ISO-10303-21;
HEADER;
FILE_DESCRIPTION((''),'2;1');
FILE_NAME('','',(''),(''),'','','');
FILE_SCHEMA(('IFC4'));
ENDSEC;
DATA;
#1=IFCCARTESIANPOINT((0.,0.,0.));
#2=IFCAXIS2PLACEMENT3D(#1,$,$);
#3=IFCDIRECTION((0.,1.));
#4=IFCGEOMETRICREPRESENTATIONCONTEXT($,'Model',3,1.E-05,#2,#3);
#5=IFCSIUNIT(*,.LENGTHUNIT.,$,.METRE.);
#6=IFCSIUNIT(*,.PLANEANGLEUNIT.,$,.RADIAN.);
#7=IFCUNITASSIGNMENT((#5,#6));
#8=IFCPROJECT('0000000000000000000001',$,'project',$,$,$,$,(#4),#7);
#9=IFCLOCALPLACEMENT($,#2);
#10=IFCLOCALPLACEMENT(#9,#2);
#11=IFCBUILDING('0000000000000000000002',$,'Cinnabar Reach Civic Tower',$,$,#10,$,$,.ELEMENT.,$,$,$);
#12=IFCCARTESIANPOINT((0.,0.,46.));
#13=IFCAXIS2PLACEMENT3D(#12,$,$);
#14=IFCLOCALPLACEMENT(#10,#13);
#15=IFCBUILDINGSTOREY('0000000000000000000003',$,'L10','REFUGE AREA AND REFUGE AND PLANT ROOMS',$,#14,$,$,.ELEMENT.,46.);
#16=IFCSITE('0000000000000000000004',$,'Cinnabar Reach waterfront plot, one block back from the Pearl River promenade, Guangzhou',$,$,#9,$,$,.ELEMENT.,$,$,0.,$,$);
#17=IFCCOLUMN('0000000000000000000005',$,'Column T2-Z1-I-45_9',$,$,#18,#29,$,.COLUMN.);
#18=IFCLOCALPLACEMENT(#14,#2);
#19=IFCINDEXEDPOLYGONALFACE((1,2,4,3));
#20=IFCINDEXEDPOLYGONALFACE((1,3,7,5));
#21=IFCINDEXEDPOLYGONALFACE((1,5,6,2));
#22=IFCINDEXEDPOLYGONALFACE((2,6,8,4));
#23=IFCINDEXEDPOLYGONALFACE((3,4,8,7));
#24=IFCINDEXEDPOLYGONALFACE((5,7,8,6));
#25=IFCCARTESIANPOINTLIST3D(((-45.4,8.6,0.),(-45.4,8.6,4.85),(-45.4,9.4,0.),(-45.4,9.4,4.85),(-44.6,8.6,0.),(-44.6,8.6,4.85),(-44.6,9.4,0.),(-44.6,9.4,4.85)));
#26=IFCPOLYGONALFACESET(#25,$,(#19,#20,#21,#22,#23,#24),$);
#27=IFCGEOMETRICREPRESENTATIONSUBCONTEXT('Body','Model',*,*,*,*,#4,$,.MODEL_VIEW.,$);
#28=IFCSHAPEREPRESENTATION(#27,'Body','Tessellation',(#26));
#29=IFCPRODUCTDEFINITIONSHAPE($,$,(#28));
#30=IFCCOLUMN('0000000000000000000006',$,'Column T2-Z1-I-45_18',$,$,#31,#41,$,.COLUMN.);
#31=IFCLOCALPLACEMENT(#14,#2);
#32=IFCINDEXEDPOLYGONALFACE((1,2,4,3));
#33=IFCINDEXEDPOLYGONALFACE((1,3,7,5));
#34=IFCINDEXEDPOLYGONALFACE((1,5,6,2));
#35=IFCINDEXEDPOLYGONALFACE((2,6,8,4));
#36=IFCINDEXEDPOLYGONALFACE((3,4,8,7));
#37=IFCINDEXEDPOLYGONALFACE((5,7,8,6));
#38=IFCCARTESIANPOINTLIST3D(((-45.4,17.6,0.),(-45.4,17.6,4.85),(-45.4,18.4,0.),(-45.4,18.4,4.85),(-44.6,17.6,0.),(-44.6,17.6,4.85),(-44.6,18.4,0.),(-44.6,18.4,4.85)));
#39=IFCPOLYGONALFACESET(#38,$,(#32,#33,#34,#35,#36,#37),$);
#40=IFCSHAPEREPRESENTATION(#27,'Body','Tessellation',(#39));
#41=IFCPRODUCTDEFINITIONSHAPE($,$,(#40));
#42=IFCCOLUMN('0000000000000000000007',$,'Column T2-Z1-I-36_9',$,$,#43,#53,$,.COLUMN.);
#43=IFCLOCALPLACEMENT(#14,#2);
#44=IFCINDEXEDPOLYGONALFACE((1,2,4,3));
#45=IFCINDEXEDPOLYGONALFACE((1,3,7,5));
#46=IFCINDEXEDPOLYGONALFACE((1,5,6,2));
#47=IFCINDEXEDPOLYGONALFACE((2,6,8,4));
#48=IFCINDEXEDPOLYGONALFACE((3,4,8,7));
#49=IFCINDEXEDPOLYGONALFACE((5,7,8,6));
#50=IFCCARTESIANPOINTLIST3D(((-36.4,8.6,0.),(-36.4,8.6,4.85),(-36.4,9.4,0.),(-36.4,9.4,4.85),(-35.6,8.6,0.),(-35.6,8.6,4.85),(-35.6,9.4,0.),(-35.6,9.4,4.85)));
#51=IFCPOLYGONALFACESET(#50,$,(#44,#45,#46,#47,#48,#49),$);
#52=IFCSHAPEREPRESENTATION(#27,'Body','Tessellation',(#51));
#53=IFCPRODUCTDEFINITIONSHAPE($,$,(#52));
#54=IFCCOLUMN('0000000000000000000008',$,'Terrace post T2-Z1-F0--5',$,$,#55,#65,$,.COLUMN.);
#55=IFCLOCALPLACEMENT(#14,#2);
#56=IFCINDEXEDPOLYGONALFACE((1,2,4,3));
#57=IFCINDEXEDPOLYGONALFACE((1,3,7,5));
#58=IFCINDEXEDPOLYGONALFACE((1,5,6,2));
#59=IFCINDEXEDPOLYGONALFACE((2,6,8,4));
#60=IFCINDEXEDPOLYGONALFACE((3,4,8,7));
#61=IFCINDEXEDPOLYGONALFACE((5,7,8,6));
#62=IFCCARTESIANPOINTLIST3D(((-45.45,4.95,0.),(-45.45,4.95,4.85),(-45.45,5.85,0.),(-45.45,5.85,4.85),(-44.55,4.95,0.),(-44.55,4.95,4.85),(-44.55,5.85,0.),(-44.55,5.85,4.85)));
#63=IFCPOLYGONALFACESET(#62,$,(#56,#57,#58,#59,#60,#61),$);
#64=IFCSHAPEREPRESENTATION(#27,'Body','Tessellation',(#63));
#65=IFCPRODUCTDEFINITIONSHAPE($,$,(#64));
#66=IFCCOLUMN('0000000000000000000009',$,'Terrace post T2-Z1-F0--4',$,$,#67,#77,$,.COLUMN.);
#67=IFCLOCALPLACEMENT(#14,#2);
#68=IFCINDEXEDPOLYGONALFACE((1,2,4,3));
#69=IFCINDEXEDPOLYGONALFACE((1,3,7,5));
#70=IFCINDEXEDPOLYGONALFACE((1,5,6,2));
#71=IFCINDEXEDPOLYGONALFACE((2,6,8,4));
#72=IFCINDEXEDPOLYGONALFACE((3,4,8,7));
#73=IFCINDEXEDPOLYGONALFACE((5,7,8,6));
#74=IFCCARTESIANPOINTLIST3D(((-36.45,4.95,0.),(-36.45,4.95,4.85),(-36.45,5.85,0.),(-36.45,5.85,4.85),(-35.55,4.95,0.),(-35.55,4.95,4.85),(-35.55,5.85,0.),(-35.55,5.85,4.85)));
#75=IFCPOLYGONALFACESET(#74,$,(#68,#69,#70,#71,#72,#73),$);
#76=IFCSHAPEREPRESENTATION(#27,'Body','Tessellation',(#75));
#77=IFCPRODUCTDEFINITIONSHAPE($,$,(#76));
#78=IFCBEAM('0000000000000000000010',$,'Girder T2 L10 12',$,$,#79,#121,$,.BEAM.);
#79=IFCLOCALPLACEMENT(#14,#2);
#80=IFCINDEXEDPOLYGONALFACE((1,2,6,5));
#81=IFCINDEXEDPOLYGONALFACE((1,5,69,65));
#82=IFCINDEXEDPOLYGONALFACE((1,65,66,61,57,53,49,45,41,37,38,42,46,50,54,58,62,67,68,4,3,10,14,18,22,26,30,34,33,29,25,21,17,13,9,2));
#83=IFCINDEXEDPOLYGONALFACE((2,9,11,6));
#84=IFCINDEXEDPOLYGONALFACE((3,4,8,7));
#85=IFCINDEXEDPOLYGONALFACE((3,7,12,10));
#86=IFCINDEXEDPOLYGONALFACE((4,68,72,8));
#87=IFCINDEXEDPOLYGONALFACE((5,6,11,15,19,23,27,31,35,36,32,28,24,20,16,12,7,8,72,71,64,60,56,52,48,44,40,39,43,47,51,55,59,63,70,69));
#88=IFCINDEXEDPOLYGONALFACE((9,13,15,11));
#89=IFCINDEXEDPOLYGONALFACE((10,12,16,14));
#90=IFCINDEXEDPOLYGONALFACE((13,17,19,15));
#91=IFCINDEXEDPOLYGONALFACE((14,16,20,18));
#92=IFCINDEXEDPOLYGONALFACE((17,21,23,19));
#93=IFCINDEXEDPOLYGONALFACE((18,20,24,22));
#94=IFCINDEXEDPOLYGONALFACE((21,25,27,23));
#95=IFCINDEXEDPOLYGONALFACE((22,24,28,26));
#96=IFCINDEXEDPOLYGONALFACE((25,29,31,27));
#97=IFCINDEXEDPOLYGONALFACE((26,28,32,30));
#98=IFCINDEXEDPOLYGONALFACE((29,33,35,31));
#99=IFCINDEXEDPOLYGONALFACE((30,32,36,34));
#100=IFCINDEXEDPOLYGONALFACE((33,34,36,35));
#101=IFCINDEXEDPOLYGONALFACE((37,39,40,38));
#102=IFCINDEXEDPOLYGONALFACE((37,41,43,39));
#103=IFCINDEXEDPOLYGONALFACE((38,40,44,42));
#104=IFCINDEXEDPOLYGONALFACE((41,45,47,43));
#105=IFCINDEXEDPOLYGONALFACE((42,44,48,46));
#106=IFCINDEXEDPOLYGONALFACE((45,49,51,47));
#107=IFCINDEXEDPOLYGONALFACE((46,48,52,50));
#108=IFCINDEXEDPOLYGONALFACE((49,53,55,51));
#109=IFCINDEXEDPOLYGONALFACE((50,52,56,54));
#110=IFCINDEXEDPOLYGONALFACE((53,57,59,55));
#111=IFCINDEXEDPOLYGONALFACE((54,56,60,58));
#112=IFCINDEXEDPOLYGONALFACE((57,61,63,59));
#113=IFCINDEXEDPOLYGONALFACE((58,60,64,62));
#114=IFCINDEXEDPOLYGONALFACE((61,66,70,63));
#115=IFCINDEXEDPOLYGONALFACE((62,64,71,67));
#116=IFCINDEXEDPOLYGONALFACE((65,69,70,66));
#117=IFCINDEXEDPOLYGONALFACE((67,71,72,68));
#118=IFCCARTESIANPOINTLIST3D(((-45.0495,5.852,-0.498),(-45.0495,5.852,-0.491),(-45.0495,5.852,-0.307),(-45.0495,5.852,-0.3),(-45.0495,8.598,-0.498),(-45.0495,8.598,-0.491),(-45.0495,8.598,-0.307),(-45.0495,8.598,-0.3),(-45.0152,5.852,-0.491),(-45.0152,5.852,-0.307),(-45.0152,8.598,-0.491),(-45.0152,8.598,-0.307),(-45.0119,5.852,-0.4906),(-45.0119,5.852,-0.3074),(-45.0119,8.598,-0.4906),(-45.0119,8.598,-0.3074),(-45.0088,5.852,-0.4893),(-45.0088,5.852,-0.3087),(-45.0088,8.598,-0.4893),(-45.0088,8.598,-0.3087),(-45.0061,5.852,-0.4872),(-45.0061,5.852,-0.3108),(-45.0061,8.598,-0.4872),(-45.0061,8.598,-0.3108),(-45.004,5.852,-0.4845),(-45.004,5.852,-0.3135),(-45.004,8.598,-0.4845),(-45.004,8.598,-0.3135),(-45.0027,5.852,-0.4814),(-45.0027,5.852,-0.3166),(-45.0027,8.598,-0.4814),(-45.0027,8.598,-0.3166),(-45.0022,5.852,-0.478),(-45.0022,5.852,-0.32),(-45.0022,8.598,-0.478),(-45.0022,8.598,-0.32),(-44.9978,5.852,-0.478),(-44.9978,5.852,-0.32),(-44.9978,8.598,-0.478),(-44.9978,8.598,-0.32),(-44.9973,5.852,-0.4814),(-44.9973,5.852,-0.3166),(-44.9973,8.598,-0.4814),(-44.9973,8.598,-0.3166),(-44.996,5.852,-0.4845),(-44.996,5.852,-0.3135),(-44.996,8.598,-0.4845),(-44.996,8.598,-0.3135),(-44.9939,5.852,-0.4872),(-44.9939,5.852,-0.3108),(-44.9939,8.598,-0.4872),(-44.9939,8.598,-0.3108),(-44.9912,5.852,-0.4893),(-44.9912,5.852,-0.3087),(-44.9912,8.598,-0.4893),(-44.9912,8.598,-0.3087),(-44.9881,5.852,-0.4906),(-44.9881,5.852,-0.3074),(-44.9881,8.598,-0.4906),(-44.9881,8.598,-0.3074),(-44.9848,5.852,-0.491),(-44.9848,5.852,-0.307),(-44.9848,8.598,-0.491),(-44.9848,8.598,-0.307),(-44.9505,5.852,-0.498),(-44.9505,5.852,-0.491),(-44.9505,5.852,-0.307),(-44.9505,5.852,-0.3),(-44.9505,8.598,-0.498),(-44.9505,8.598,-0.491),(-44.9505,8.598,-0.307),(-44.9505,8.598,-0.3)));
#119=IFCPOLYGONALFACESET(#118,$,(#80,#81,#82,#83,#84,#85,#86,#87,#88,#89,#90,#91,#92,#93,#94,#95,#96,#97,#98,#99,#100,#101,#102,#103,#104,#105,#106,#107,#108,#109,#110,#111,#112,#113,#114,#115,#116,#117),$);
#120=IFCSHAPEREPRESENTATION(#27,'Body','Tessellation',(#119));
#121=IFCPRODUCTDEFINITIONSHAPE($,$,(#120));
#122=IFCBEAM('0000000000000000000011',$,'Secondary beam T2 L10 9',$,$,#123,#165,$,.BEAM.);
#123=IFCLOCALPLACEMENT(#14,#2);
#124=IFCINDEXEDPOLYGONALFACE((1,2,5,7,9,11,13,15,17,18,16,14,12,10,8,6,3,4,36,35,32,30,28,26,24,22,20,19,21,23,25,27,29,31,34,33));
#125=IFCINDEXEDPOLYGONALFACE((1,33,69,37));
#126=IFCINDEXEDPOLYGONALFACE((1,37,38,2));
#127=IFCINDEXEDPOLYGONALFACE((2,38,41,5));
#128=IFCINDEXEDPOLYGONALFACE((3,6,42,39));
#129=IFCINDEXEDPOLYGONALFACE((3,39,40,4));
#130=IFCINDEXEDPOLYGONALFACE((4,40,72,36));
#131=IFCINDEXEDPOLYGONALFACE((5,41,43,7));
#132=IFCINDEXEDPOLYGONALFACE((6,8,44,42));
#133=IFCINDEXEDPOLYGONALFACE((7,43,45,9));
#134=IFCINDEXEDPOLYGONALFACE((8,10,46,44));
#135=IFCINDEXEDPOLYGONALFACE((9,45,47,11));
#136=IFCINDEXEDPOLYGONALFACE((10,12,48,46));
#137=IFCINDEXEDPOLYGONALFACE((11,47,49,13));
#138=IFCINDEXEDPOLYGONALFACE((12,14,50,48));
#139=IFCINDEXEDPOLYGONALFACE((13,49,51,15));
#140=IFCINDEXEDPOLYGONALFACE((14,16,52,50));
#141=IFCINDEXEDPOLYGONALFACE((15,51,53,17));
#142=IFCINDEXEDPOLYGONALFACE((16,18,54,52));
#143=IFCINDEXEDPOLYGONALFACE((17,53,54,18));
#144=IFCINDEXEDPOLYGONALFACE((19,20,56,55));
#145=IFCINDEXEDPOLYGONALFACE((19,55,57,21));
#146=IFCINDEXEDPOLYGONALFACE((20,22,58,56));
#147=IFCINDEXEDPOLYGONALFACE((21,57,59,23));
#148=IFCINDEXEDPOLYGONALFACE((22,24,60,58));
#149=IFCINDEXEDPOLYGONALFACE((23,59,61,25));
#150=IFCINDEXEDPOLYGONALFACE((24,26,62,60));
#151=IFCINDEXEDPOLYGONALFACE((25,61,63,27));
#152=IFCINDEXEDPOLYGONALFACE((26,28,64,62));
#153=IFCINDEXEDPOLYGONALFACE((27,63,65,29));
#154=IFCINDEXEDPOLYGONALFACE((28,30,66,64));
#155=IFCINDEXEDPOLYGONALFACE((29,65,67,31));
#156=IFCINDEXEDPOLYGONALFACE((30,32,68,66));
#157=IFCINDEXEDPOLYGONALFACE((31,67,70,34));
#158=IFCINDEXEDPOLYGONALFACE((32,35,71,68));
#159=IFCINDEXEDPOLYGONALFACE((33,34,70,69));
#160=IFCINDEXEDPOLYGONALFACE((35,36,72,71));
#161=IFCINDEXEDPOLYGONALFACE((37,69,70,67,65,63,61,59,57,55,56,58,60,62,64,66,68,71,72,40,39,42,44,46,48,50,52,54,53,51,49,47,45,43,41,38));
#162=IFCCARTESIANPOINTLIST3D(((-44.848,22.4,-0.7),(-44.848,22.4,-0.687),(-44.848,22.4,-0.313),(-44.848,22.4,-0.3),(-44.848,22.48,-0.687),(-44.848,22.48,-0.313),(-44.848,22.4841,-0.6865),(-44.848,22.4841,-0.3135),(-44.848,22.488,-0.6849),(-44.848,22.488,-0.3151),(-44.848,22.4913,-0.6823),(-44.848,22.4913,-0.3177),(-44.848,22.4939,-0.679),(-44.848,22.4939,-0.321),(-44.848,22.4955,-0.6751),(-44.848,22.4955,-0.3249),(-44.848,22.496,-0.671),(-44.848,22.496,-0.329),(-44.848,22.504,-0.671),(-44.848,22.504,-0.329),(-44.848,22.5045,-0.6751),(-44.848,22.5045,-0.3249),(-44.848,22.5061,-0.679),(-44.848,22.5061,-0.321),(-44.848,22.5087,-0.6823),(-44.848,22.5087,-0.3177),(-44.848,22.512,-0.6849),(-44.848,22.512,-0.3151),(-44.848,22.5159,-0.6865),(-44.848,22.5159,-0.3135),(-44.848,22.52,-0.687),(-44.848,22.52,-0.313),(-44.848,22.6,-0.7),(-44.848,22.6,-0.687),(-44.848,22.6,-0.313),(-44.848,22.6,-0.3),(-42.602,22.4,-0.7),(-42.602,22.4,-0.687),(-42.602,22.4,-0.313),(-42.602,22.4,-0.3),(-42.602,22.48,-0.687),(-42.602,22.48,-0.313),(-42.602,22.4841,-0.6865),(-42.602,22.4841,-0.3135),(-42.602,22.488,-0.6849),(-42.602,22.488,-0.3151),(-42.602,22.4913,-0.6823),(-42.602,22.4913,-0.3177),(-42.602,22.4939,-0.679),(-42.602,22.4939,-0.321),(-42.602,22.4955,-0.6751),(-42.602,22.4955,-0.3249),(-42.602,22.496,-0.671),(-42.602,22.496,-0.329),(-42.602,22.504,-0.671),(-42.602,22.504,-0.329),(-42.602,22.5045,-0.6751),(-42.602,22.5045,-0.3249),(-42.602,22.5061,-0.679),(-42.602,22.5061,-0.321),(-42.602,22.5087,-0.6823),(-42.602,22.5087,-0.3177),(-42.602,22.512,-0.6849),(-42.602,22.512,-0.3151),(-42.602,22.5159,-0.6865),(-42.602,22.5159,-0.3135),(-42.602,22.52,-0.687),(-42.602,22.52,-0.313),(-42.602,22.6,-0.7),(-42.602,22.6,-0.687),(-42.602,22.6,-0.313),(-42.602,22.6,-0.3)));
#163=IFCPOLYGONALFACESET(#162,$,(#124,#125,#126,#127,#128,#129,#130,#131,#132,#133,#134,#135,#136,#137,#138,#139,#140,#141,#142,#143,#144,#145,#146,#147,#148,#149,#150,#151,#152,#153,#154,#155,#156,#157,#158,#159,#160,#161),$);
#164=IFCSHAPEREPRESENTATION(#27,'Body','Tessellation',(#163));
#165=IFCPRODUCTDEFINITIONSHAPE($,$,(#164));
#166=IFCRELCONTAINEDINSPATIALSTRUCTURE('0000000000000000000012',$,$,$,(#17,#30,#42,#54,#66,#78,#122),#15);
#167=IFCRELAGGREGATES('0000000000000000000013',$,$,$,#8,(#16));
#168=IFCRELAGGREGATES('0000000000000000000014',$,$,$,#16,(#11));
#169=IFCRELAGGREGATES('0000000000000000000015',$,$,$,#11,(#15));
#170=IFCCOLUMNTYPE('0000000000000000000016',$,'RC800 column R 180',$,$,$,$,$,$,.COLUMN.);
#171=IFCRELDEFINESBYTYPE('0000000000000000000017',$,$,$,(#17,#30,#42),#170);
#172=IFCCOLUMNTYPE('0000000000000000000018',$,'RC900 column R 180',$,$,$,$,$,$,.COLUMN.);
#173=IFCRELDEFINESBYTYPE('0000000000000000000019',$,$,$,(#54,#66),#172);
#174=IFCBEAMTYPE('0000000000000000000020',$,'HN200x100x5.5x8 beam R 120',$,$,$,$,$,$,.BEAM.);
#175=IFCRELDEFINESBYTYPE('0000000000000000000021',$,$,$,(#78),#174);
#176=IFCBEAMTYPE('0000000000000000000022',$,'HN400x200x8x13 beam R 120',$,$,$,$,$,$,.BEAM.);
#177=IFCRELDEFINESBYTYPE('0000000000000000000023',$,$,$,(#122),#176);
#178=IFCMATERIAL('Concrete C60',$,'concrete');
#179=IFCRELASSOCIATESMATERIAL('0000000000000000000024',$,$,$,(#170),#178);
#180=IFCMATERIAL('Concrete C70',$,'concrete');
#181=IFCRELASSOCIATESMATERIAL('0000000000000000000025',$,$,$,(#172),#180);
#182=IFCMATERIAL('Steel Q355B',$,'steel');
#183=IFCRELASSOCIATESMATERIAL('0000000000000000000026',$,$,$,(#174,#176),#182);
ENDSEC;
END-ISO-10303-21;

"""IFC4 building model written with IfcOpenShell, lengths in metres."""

from ifc_helpers import new_model, si_unit, direction, frame, origin, origin_2d, place, context, subcontext, project, spatial, rectangle, i_section, extrude, material, material_profile, profile_set, type_object, element, save


model = new_model("IFC4")

# Units and contexts
model_context = context("Model", 3, precision=1e-05, world=origin(), true_north=direction((0.0, 1.0)))
body_context = subcontext(model_context, "Body", "Model", "MODEL_VIEW")
ifc_project = project(units=[si_unit("LENGTHUNIT", "METRE"), si_unit("PLANEANGLEUNIT", "RADIAN")], contexts=[model_context])

# Site, building, storey
site_placement = place(None, origin())
site = spatial("IfcSite", under=ifc_project, at=site_placement, Name="Cinnabar Reach waterfront plot, one block back from the Pearl River promenade, Guangzhou", CompositionType="ELEMENT", RefElevation=0.0)
building_placement = place(site_placement, origin())
building = spatial("IfcBuilding", under=site, at=building_placement, Name="Cinnabar Reach Civic Tower", CompositionType="ELEMENT")
storey_placement = place(building_placement, frame((0.0, 0.0, 46.0)))
storey = spatial("IfcBuildingStorey", under=building, at=storey_placement, Name="L10", Description="REFUGE AREA AND REFUGE AND PLANT ROOMS", CompositionType="ELEMENT", Elevation=46.0)

# Columns
ifc_material_1 = material(Name="Concrete C60", Category="concrete")
ifc_material_profile_1 = material_profile(ifc_material_1, rectangle(XDim=0.8, YDim=0.8, at=origin_2d()), Name="RC800")
ifc_profile_set_1 = profile_set([ifc_material_profile_1], Name="Concrete C60")
column_type_1 = type_object("IfcColumnType", Name="RC800 column R 180", PredefinedType="COLUMN", material=ifc_profile_set_1)
for number, where, z_axis, x_axis, name in (
    (1, (-45.0, 9.0, 0.0), (0.0, 0.0, 1.0), (1.0, 0.0, 0.0), "Column T2-Z1-I-45_9"),
    (2, (-45.0, 18.0, 0.0), (0.0, 0.0, 1.0), (1.0, 0.0, 0.0), "Column T2-Z1-I-45_18"),
    (3, (-36.0, 9.0, 0.0), (0.0, 0.0, 1.0), (1.0, 0.0, 0.0), "Column T2-Z1-I-36_9"),
):
    element("IfcColumn", number, at=place(storey_placement, frame(where, z_axis=z_axis, x_axis=x_axis)), inside=storey, type_object=column_type_1, Name=name, PredefinedType="COLUMN", context=body_context, shape_type="SweptSolid", body=[
        extrude(rectangle(XDim=0.8, YDim=0.8, at=origin_2d()), origin(), (0.0, 0.0, 1.0), 4.85),
    ])
ifc_material_2 = material(Name="Concrete C70", Category="concrete")
ifc_material_profile_2 = material_profile(ifc_material_2, rectangle(XDim=0.9, YDim=0.9, at=origin_2d()), Name="RC900")
ifc_profile_set_2 = profile_set([ifc_material_profile_2], Name="Concrete C70")
column_type_2 = type_object("IfcColumnType", Name="RC900 column R 180", PredefinedType="COLUMN", material=ifc_profile_set_2)
for number, where, z_axis, x_axis, name in (
    (4, (-45.0, 5.4, 0.0), (0.0, 0.0, 1.0), (1.0, 0.0, 0.0), "Terrace post T2-Z1-F0--5"),
    (5, (-36.0, 5.4, 0.0), (0.0, 0.0, 1.0), (1.0, 0.0, 0.0), "Terrace post T2-Z1-F0--4"),
):
    element("IfcColumn", number, at=place(storey_placement, frame(where, z_axis=z_axis, x_axis=x_axis)), inside=storey, type_object=column_type_2, Name=name, PredefinedType="COLUMN", context=body_context, shape_type="SweptSolid", body=[
        extrude(rectangle(XDim=0.9, YDim=0.9, at=origin_2d()), origin(), (0.0, 0.0, 1.0), 4.85),
    ])

# Beams
ifc_material_3 = material(Name="Steel Q355B", Category="steel")
ifc_material_profile_3 = material_profile(ifc_material_3, i_section(OverallWidth=0.099, OverallDepth=0.198, WebThickness=0.0045, FlangeThickness=0.007, FilletRadius=0.013, at=origin_2d()), Name="HN200x100x5.5x8")
ifc_profile_set_3 = profile_set([ifc_material_profile_3], Name="Steel Q355B")
beam_type_1 = type_object("IfcBeamType", Name="HN200x100x5.5x8 beam R 120", PredefinedType="BEAM", material=ifc_profile_set_3)
beam_1_placement = place(storey_placement, frame((-45.0, 5.852, -0.399), z_axis=(0.0, 1.0, 0.0), x_axis=(-1.0, 0.0, 0.0)))
element("IfcBeam", 6, at=beam_1_placement, inside=storey, type_object=beam_type_1, Name="Girder T2 L10 12", PredefinedType="BEAM", context=body_context, shape_type="SweptSolid", body=[
    extrude(i_section(OverallWidth=0.099, OverallDepth=0.198, WebThickness=0.0045, FlangeThickness=0.007, FilletRadius=0.013, at=origin_2d()), origin(), (0.0, 0.0, 1.0), 2.746),
])
ifc_material_profile_4 = material_profile(ifc_material_3, i_section(OverallWidth=0.2, OverallDepth=0.4, WebThickness=0.008, FlangeThickness=0.013, FilletRadius=0.016, at=origin_2d()), Name="HN400x200x8x13")
ifc_profile_set_4 = profile_set([ifc_material_profile_4], Name="Steel Q355B")
beam_type_2 = type_object("IfcBeamType", Name="HN400x200x8x13 beam R 120", PredefinedType="BEAM", material=ifc_profile_set_4)
beam_2_placement = place(storey_placement, frame((-44.848, 22.5, -0.5), z_axis=(1.0, 0.0, 0.0), x_axis=(0.0, 1.0, 0.0)))
element("IfcBeam", 7, at=beam_2_placement, inside=storey, type_object=beam_type_2, Name="Secondary beam T2 L10 9", PredefinedType="BEAM", context=body_context, shape_type="SweptSolid", body=[
    extrude(i_section(OverallWidth=0.2, OverallDepth=0.4, WebThickness=0.008, FlangeThickness=0.013, FilletRadius=0.016, at=origin_2d()), origin(), (0.0, 0.0, 1.0), 2.246),
])

save(model, "model.ifc")
